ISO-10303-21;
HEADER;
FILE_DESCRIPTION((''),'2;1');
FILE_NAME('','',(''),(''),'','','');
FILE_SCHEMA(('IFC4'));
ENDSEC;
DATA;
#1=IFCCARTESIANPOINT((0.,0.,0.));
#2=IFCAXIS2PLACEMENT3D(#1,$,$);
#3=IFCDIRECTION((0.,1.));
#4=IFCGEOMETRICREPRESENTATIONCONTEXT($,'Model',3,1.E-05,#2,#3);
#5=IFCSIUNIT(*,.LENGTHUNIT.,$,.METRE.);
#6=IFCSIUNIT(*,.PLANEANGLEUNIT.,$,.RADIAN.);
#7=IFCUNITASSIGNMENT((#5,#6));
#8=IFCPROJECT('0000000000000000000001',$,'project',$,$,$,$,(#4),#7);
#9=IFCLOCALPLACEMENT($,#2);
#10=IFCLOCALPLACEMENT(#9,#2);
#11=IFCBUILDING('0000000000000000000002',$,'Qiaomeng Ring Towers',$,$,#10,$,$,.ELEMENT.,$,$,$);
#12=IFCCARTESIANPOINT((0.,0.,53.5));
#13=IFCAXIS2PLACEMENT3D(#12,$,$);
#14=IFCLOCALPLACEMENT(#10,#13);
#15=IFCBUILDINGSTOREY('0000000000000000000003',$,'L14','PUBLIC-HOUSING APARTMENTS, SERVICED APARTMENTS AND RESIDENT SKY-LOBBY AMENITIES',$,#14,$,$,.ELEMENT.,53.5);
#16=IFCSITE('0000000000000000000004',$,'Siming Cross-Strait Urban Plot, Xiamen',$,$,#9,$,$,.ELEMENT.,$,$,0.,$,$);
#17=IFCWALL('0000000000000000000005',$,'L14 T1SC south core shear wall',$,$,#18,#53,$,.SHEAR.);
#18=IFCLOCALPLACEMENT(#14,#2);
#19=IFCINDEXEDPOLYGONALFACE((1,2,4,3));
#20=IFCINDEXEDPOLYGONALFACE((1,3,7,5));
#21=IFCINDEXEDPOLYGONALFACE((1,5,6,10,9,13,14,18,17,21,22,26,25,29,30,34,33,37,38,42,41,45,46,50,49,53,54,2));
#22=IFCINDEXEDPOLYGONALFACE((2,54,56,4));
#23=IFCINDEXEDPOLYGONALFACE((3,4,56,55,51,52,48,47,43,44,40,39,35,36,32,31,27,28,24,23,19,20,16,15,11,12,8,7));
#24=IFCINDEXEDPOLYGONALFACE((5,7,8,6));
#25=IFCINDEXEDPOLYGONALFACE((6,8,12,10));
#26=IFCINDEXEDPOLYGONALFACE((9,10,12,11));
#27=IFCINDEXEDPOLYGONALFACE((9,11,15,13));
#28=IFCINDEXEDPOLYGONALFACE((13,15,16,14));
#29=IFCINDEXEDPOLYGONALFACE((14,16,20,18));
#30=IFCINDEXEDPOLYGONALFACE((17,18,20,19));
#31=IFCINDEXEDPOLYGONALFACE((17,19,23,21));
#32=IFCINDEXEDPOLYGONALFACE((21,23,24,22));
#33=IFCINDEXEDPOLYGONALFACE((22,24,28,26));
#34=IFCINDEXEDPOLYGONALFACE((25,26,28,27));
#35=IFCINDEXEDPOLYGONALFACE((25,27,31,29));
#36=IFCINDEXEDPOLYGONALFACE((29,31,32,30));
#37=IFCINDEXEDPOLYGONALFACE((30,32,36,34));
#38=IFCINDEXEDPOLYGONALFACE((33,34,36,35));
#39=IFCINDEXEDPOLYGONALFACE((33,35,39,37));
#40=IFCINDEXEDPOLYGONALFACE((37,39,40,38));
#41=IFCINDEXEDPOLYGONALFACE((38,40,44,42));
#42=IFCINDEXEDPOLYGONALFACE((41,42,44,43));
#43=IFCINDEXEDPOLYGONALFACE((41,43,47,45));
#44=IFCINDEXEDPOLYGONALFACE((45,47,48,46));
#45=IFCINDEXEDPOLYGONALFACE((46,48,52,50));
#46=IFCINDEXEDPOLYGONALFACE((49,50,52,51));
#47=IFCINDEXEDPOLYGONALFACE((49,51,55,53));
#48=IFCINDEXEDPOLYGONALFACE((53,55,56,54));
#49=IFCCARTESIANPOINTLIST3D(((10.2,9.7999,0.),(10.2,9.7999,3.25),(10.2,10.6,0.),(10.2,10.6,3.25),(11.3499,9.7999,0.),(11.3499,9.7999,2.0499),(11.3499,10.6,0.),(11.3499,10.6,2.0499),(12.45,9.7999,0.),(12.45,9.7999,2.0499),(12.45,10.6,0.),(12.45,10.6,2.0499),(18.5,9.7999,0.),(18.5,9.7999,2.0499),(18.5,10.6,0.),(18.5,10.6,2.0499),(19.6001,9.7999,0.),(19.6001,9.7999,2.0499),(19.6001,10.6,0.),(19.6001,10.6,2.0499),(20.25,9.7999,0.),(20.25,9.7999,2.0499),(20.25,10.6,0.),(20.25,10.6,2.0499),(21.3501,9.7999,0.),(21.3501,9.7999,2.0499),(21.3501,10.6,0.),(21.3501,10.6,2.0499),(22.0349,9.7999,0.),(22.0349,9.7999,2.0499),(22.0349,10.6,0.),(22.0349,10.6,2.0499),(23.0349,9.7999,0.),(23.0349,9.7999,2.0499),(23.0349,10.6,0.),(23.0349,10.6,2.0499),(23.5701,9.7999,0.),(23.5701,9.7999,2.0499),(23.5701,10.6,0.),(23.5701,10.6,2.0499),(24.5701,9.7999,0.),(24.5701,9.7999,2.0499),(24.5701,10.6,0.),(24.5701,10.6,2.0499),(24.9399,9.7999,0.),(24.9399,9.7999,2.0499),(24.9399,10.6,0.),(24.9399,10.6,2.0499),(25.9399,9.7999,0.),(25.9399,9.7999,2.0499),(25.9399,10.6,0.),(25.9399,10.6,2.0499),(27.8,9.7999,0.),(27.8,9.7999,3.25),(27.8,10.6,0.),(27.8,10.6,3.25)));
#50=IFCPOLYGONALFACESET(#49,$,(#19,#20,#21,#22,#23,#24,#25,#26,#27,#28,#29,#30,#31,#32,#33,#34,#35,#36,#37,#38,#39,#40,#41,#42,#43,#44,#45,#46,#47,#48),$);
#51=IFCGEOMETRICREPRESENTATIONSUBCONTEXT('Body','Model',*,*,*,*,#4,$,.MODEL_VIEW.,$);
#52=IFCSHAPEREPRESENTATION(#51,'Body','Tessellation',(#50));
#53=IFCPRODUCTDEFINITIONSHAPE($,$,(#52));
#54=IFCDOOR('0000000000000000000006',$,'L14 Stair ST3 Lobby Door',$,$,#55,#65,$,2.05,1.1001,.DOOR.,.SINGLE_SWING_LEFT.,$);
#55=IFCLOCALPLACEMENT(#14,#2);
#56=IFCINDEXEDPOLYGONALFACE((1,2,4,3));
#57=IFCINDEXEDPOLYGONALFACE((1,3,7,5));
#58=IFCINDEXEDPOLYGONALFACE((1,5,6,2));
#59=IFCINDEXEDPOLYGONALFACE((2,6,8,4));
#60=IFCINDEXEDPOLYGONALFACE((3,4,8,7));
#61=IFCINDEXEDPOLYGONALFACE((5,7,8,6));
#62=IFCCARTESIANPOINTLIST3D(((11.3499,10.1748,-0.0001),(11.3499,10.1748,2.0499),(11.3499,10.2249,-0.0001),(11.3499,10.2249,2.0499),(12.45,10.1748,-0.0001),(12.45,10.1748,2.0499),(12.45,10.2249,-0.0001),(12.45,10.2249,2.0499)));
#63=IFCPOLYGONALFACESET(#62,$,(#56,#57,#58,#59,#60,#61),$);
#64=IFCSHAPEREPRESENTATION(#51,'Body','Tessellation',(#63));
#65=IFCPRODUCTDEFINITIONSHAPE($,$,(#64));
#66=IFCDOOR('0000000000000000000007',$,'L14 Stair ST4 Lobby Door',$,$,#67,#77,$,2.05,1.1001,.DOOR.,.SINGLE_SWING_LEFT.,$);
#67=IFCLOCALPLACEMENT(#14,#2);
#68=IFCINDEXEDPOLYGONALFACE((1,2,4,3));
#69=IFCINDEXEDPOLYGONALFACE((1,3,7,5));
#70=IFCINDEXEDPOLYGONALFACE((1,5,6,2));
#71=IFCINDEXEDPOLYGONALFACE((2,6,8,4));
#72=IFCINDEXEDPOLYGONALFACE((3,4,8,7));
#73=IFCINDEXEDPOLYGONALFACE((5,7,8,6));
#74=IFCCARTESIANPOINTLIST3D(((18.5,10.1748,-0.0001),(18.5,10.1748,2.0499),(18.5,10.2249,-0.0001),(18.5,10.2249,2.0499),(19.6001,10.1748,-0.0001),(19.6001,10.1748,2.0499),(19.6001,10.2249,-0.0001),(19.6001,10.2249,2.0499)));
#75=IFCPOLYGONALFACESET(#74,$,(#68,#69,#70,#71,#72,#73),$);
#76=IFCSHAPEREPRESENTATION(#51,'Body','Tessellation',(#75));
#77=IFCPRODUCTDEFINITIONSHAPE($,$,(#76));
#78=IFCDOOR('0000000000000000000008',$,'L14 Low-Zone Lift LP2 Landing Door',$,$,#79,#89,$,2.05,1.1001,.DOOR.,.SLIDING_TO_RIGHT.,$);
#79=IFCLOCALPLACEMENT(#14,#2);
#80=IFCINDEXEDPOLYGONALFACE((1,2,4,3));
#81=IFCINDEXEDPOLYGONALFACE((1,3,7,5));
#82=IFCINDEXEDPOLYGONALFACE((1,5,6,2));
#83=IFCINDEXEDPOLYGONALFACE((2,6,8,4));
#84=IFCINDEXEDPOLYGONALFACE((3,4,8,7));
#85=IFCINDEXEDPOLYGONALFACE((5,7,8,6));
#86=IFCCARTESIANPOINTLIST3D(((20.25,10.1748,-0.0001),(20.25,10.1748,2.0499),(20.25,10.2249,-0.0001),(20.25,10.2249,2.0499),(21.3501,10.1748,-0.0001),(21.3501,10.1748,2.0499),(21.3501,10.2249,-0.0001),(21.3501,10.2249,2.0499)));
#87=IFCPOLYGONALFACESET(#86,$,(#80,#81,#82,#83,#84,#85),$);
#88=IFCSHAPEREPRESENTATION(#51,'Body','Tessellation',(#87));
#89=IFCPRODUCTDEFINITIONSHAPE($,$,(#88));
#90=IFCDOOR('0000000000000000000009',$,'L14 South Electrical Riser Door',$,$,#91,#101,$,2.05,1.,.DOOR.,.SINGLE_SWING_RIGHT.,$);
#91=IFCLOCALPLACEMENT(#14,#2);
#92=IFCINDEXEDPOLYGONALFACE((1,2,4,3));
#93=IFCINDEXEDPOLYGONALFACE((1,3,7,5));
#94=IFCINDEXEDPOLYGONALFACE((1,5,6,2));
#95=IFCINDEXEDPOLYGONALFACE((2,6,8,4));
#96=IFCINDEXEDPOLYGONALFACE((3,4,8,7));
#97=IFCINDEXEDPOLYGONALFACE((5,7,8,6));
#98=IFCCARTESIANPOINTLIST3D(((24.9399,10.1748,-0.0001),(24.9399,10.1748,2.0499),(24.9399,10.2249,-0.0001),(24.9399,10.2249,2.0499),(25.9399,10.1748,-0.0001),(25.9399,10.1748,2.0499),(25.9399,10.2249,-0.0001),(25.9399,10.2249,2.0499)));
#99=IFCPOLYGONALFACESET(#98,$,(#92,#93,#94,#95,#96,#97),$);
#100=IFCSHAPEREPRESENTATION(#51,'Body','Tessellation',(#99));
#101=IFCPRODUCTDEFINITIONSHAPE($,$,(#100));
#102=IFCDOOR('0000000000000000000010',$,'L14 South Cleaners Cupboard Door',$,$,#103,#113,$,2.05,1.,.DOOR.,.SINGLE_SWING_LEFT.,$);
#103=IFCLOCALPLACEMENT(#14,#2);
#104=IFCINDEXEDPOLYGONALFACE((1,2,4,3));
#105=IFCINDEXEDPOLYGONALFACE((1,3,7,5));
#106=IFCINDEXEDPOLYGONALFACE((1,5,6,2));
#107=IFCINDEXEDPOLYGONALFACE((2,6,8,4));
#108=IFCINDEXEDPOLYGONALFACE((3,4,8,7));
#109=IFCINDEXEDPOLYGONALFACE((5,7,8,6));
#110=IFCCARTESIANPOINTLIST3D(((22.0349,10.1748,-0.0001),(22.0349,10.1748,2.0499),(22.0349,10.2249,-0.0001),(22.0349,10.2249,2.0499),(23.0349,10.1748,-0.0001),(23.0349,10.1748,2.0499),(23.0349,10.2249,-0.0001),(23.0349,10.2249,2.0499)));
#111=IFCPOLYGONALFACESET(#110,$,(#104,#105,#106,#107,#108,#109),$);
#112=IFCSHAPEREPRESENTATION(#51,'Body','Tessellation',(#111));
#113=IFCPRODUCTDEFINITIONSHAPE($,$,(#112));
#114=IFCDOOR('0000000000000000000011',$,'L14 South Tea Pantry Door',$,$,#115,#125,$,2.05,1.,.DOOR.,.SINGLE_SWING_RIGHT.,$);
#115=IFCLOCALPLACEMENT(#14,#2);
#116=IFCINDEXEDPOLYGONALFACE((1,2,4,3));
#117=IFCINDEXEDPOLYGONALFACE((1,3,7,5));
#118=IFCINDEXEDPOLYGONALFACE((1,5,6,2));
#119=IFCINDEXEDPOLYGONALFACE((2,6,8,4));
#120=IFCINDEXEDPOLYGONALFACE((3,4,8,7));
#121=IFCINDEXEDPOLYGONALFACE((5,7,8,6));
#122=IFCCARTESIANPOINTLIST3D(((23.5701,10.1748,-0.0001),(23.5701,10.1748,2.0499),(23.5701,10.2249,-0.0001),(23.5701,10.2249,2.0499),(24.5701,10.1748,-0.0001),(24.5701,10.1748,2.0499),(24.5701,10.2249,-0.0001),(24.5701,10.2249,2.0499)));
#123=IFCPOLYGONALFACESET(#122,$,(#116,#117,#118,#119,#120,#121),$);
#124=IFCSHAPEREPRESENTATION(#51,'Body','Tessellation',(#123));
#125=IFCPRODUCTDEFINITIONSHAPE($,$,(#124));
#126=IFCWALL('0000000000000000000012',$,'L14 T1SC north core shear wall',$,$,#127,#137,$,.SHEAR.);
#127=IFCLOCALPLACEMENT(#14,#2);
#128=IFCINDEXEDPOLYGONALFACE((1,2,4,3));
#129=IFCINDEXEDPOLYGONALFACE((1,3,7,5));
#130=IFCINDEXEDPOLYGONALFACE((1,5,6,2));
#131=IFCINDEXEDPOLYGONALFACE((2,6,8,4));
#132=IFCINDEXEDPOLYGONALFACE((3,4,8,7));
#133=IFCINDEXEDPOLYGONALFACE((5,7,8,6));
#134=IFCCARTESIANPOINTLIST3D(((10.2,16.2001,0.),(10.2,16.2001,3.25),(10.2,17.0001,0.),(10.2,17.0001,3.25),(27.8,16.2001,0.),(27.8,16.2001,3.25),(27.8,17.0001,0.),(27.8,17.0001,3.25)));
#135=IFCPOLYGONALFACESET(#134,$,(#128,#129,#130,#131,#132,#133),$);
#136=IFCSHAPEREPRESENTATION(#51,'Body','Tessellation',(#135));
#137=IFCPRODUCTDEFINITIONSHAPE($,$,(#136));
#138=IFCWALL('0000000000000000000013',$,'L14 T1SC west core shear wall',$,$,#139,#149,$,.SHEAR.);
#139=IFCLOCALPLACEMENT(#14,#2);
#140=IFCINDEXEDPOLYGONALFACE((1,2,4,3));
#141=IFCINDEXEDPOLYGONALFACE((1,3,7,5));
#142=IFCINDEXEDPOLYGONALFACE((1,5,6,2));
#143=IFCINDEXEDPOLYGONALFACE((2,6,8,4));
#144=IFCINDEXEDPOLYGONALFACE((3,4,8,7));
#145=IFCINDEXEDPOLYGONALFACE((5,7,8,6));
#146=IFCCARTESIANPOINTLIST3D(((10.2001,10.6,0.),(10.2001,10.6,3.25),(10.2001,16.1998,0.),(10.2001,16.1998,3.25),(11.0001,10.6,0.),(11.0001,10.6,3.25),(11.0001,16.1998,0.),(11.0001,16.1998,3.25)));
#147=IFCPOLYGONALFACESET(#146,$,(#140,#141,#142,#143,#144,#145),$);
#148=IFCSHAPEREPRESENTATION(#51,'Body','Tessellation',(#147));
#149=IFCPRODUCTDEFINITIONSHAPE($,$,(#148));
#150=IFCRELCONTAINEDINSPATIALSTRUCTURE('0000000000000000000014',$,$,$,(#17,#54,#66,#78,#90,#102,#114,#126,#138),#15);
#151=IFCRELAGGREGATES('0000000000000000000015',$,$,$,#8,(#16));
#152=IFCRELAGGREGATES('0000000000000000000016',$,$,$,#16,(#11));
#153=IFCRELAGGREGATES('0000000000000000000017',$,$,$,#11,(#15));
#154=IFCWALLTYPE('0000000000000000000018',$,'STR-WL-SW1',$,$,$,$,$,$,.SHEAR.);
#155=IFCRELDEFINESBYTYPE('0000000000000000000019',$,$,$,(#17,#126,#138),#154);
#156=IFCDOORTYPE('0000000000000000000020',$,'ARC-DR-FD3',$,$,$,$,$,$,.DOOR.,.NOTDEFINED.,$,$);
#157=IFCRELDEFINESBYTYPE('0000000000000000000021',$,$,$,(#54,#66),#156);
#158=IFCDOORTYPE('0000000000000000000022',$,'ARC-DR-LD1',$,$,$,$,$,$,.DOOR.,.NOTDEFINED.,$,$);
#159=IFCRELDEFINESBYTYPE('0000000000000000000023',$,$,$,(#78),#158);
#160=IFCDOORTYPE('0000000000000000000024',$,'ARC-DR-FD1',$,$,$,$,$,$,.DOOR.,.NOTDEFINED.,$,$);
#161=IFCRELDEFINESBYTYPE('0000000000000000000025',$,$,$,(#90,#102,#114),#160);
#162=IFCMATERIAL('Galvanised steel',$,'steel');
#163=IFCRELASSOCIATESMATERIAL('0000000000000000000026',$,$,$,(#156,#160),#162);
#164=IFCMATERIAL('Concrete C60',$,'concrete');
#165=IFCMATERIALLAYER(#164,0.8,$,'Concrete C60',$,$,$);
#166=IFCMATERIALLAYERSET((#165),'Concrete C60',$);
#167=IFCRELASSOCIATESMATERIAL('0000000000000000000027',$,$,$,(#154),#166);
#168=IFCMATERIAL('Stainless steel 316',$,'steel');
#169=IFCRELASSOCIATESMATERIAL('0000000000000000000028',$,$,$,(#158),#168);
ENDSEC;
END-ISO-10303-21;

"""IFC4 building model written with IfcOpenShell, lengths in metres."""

from ifc_helpers import new_model, si_unit, direction, frame, frame_2d, origin, place, context, subcontext, project, spatial, rectangle, extrude, source, transform, mapped, material, layer, layer_set, type_object, element, fill, save


model = new_model("IFC4")

# Units and contexts
model_context = context("Model", 3, precision=1e-05, world=origin(), true_north=direction((0.0, 1.0)))
body_context = subcontext(model_context, "Body", "Model", "MODEL_VIEW")
ifc_project = project(units=[si_unit("LENGTHUNIT", "METRE"), si_unit("PLANEANGLEUNIT", "RADIAN")], contexts=[model_context])

# Site, building, storey
site_placement = place(None, origin())
site = spatial("IfcSite", under=ifc_project, at=site_placement, Name="Siming Cross-Strait Urban Plot, Xiamen", CompositionType="ELEMENT", RefElevation=0.0)
building_placement = place(site_placement, origin())
building = spatial("IfcBuilding", under=site, at=building_placement, Name="Qiaomeng Ring Towers", CompositionType="ELEMENT")
storey_placement = place(building_placement, frame((0.0, 0.0, 53.5)))
storey = spatial("IfcBuildingStorey", under=building, at=storey_placement, Name="L14", Description="PUBLIC-HOUSING APARTMENTS, SERVICED APARTMENTS AND RESIDENT SKY-LOBBY AMENITIES", CompositionType="ELEMENT", Elevation=53.5)

# Shared definitions
shared_shape_1 = source(origin(), body_context, "Body", "SweptSolid", [
    extrude(rectangle(XDim=1.0, YDim=2.05, at=frame_2d((0.5, 1.0249))), frame((0.0, 0.0249, 0.0), z_axis=(0.0, -1.0, 0.0), x_axis=(1.0, 0.0, 0.0)), (0.0, 0.0, 1.0), 0.05),
])

# Shared definitions
ifc_material_1 = material(Name="Galvanised steel", Category="steel")
door_type_1 = type_object("IfcDoorType", Name="ARC-DR-FD3", OperationType="NOTDEFINED", PredefinedType="DOOR", material=ifc_material_1)
shared_shape_2 = source(origin(), body_context, "Body", "SweptSolid", [
    extrude(rectangle(XDim=1.1001, YDim=2.05, at=frame_2d((0.55, 1.0249))), frame((0.0, 0.0249, 0.0), z_axis=(0.0, -1.0, 0.0), x_axis=(1.0, 0.0, 0.0)), (0.0, 0.0, 1.0), 0.05),
])

# Wall, openings, doors
ifc_material_2 = material(Name="Concrete C60", Category="concrete")
ifc_layer_1 = layer(ifc_material_2, 0.8, Name="Concrete C60")
ifc_layer_set_1 = layer_set([ifc_layer_1], Name="Concrete C60")
wall_type_1 = type_object("IfcWallType", Name="STR-WL-SW1", PredefinedType="SHEAR", material=ifc_layer_set_1)
wall_1_placement = place(storey_placement, frame((10.2, 10.2, 0.0), z_axis=(0.0, 0.0, 1.0), x_axis=(1.0, 0.0, 0.0)))
wall_1 = element("IfcWall", 1, at=wall_1_placement, inside=storey, type_object=wall_type_1, Name="L14 T1SC south core shear wall", PredefinedType="SHEAR", context=body_context, shape_type="SweptSolid", body=[
    extrude(rectangle(XDim=17.6001, YDim=0.8, at=frame_2d((8.8, 0.0))), origin(), (0.0, 0.0, 1.0), 3.25),
])
opening_1_placement = place(wall_1_placement, frame((1.1499, 0.0, 0.0)))
opening_1 = element("IfcOpeningElement", 2, at=opening_1_placement, cuts=wall_1, PredefinedType="OPENING", context=body_context, shape_type="SweptSolid", body=[
    extrude(rectangle(XDim=1.1001, YDim=2.05, at=frame_2d((0.55, 1.0249))), frame((0.0, 0.4099, 0.0), z_axis=(0.0, -1.0, 0.0), x_axis=(1.0, 0.0, 0.0)), (0.0, 0.0, 1.0), 0.8201),
])
opening_2_placement = place(wall_1_placement, frame((8.3, 0.0, 0.0)))
opening_2 = element("IfcOpeningElement", 3, at=opening_2_placement, cuts=wall_1, PredefinedType="OPENING", context=body_context, shape_type="SweptSolid", body=[
    extrude(rectangle(XDim=1.1001, YDim=2.05, at=frame_2d((0.55, 1.0249))), frame((0.0, 0.4099, 0.0), z_axis=(0.0, -1.0, 0.0), x_axis=(1.0, 0.0, 0.0)), (0.0, 0.0, 1.0), 0.8201),
])
opening_3_placement = place(wall_1_placement, frame((10.05, 0.0, 0.0)))
opening_3 = element("IfcOpeningElement", 4, at=opening_3_placement, cuts=wall_1, PredefinedType="OPENING", context=body_context, shape_type="SweptSolid", body=[
    extrude(rectangle(XDim=1.1001, YDim=2.05, at=frame_2d((0.55, 1.0249))), frame((0.0, 0.4099, 0.0), z_axis=(0.0, -1.0, 0.0), x_axis=(1.0, 0.0, 0.0)), (0.0, 0.0, 1.0), 0.8201),
])
opening_4_placement = place(wall_1_placement, frame((14.74, 0.0, 0.0)))
opening_4 = element("IfcOpeningElement", 5, at=opening_4_placement, cuts=wall_1, PredefinedType="OPENING", context=body_context, shape_type="SweptSolid", body=[
    extrude(rectangle(XDim=1.0, YDim=2.05, at=frame_2d((0.5, 1.0249))), frame((0.0, 0.4099, 0.0), z_axis=(0.0, -1.0, 0.0), x_axis=(1.0, 0.0, 0.0)), (0.0, 0.0, 1.0), 0.8201),
])
opening_5_placement = place(wall_1_placement, frame((11.835, 0.0, 0.0)))
opening_5 = element("IfcOpeningElement", 6, at=opening_5_placement, cuts=wall_1, PredefinedType="OPENING", context=body_context, shape_type="SweptSolid", body=[
    extrude(rectangle(XDim=1.0, YDim=2.05, at=frame_2d((0.5, 1.0249))), frame((0.0, 0.4099, 0.0), z_axis=(0.0, -1.0, 0.0), x_axis=(1.0, 0.0, 0.0)), (0.0, 0.0, 1.0), 0.8201),
])
opening_6_placement = place(wall_1_placement, frame((13.3701, 0.0, 0.0)))
opening_6 = element("IfcOpeningElement", 7, at=opening_6_placement, cuts=wall_1, PredefinedType="OPENING", context=body_context, shape_type="SweptSolid", body=[
    extrude(rectangle(XDim=1.0, YDim=2.05, at=frame_2d((0.5, 1.0249))), frame((0.0, 0.4099, 0.0), z_axis=(0.0, -1.0, 0.0), x_axis=(1.0, 0.0, 0.0)), (0.0, 0.0, 1.0), 0.8201),
])
door_1_placement = place(opening_1_placement, origin())
door_1 = element("IfcDoor", 8, at=door_1_placement, inside=storey, type_object=door_type_1, Name="L14 Stair ST3 Lobby Door", OperationType="SINGLE_SWING_LEFT", OverallHeight=2.05, OverallWidth=1.1001, PredefinedType="DOOR", context=body_context, shape_type="MappedRepresentation", body=[
    mapped(shared_shape_2, transform((0.0, 0.0, 0.0), x_axis=(1.0, 0.0, 0.0), y_axis=(0.0, 1.0, 0.0), z_axis=(0.0, 0.0, 1.0), scale=1.0)),
])
fill(opening_1, door_1)
door_2_placement = place(opening_2_placement, origin())
door_2 = element("IfcDoor", 9, at=door_2_placement, inside=storey, type_object=door_type_1, Name="L14 Stair ST4 Lobby Door", OperationType="SINGLE_SWING_LEFT", OverallHeight=2.05, OverallWidth=1.1001, PredefinedType="DOOR", context=body_context, shape_type="MappedRepresentation", body=[
    mapped(shared_shape_2, transform((0.0, 0.0, 0.0), x_axis=(1.0, 0.0, 0.0), y_axis=(0.0, 1.0, 0.0), z_axis=(0.0, 0.0, 1.0), scale=1.0)),
])
fill(opening_2, door_2)
ifc_material_3 = material(Name="Stainless steel 316", Category="steel")
door_type_2 = type_object("IfcDoorType", Name="ARC-DR-LD1", OperationType="NOTDEFINED", PredefinedType="DOOR", material=ifc_material_3)
door_3_placement = place(opening_3_placement, origin())
door_3 = element("IfcDoor", 10, at=door_3_placement, inside=storey, type_object=door_type_2, Name="L14 Low-Zone Lift LP2 Landing Door", OperationType="SLIDING_TO_RIGHT", OverallHeight=2.05, OverallWidth=1.1001, PredefinedType="DOOR", context=body_context, shape_type="MappedRepresentation", body=[
    mapped(shared_shape_2, transform((0.0, 0.0, 0.0), x_axis=(1.0, 0.0, 0.0), y_axis=(0.0, 1.0, 0.0), z_axis=(0.0, 0.0, 1.0), scale=1.0)),
])
fill(opening_3, door_3)
door_type_3 = type_object("IfcDoorType", Name="ARC-DR-FD1", OperationType="NOTDEFINED", PredefinedType="DOOR", material=ifc_material_1)
door_4_placement = place(opening_4_placement, origin())
door_4 = element("IfcDoor", 11, at=door_4_placement, inside=storey, type_object=door_type_3, Name="L14 South Electrical Riser Door", OperationType="SINGLE_SWING_RIGHT", OverallHeight=2.05, OverallWidth=1.0, PredefinedType="DOOR", context=body_context, shape_type="MappedRepresentation", body=[
    mapped(shared_shape_1, transform((0.0, 0.0, 0.0), x_axis=(1.0, 0.0, 0.0), y_axis=(0.0, 1.0, 0.0), z_axis=(0.0, 0.0, 1.0), scale=1.0)),
])
fill(opening_4, door_4)
door_5_placement = place(opening_5_placement, origin())
door_5 = element("IfcDoor", 12, at=door_5_placement, inside=storey, type_object=door_type_3, Name="L14 South Cleaners Cupboard Door", OperationType="SINGLE_SWING_LEFT", OverallHeight=2.05, OverallWidth=1.0, PredefinedType="DOOR", context=body_context, shape_type="MappedRepresentation", body=[
    mapped(shared_shape_1, transform((0.0, 0.0, 0.0), x_axis=(1.0, 0.0, 0.0), y_axis=(0.0, 1.0, 0.0), z_axis=(0.0, 0.0, 1.0), scale=1.0)),
])
fill(opening_5, door_5)
door_6_placement = place(opening_6_placement, origin())
door_6 = element("IfcDoor", 13, at=door_6_placement, inside=storey, type_object=door_type_3, Name="L14 South Tea Pantry Door", OperationType="SINGLE_SWING_RIGHT", OverallHeight=2.05, OverallWidth=1.0, PredefinedType="DOOR", context=body_context, shape_type="MappedRepresentation", body=[
    mapped(shared_shape_1, transform((0.0, 0.0, 0.0), x_axis=(1.0, 0.0, 0.0), y_axis=(0.0, 1.0, 0.0), z_axis=(0.0, 0.0, 1.0), scale=1.0)),
])
fill(opening_6, door_6)

# Walls
wall_2_placement = place(storey_placement, frame((10.2, 16.6001, 0.0), z_axis=(0.0, 0.0, 1.0), x_axis=(1.0, 0.0, 0.0)))
element("IfcWall", 14, at=wall_2_placement, inside=storey, type_object=wall_type_1, Name="L14 T1SC north core shear wall", PredefinedType="SHEAR", context=body_context, shape_type="SweptSolid", body=[
    extrude(rectangle(XDim=17.6001, YDim=0.8, at=frame_2d((8.8, 0.0))), origin(), (0.0, 0.0, 1.0), 3.25),
])
wall_3_placement = place(storey_placement, frame((10.6001, 10.6001, 0.0), z_axis=(0.0, 0.0, 1.0), x_axis=(0.0, 1.0, 0.0)))
element("IfcWall", 15, at=wall_3_placement, inside=storey, type_object=wall_type_1, Name="L14 T1SC west core shear wall", PredefinedType="SHEAR", context=body_context, shape_type="SweptSolid", body=[
    extrude(rectangle(XDim=5.5999, YDim=0.8, at=frame_2d((2.7998, 0.0))), origin(), (0.0, 0.0, 1.0), 3.25),
])

save(model, "model.ifc")
